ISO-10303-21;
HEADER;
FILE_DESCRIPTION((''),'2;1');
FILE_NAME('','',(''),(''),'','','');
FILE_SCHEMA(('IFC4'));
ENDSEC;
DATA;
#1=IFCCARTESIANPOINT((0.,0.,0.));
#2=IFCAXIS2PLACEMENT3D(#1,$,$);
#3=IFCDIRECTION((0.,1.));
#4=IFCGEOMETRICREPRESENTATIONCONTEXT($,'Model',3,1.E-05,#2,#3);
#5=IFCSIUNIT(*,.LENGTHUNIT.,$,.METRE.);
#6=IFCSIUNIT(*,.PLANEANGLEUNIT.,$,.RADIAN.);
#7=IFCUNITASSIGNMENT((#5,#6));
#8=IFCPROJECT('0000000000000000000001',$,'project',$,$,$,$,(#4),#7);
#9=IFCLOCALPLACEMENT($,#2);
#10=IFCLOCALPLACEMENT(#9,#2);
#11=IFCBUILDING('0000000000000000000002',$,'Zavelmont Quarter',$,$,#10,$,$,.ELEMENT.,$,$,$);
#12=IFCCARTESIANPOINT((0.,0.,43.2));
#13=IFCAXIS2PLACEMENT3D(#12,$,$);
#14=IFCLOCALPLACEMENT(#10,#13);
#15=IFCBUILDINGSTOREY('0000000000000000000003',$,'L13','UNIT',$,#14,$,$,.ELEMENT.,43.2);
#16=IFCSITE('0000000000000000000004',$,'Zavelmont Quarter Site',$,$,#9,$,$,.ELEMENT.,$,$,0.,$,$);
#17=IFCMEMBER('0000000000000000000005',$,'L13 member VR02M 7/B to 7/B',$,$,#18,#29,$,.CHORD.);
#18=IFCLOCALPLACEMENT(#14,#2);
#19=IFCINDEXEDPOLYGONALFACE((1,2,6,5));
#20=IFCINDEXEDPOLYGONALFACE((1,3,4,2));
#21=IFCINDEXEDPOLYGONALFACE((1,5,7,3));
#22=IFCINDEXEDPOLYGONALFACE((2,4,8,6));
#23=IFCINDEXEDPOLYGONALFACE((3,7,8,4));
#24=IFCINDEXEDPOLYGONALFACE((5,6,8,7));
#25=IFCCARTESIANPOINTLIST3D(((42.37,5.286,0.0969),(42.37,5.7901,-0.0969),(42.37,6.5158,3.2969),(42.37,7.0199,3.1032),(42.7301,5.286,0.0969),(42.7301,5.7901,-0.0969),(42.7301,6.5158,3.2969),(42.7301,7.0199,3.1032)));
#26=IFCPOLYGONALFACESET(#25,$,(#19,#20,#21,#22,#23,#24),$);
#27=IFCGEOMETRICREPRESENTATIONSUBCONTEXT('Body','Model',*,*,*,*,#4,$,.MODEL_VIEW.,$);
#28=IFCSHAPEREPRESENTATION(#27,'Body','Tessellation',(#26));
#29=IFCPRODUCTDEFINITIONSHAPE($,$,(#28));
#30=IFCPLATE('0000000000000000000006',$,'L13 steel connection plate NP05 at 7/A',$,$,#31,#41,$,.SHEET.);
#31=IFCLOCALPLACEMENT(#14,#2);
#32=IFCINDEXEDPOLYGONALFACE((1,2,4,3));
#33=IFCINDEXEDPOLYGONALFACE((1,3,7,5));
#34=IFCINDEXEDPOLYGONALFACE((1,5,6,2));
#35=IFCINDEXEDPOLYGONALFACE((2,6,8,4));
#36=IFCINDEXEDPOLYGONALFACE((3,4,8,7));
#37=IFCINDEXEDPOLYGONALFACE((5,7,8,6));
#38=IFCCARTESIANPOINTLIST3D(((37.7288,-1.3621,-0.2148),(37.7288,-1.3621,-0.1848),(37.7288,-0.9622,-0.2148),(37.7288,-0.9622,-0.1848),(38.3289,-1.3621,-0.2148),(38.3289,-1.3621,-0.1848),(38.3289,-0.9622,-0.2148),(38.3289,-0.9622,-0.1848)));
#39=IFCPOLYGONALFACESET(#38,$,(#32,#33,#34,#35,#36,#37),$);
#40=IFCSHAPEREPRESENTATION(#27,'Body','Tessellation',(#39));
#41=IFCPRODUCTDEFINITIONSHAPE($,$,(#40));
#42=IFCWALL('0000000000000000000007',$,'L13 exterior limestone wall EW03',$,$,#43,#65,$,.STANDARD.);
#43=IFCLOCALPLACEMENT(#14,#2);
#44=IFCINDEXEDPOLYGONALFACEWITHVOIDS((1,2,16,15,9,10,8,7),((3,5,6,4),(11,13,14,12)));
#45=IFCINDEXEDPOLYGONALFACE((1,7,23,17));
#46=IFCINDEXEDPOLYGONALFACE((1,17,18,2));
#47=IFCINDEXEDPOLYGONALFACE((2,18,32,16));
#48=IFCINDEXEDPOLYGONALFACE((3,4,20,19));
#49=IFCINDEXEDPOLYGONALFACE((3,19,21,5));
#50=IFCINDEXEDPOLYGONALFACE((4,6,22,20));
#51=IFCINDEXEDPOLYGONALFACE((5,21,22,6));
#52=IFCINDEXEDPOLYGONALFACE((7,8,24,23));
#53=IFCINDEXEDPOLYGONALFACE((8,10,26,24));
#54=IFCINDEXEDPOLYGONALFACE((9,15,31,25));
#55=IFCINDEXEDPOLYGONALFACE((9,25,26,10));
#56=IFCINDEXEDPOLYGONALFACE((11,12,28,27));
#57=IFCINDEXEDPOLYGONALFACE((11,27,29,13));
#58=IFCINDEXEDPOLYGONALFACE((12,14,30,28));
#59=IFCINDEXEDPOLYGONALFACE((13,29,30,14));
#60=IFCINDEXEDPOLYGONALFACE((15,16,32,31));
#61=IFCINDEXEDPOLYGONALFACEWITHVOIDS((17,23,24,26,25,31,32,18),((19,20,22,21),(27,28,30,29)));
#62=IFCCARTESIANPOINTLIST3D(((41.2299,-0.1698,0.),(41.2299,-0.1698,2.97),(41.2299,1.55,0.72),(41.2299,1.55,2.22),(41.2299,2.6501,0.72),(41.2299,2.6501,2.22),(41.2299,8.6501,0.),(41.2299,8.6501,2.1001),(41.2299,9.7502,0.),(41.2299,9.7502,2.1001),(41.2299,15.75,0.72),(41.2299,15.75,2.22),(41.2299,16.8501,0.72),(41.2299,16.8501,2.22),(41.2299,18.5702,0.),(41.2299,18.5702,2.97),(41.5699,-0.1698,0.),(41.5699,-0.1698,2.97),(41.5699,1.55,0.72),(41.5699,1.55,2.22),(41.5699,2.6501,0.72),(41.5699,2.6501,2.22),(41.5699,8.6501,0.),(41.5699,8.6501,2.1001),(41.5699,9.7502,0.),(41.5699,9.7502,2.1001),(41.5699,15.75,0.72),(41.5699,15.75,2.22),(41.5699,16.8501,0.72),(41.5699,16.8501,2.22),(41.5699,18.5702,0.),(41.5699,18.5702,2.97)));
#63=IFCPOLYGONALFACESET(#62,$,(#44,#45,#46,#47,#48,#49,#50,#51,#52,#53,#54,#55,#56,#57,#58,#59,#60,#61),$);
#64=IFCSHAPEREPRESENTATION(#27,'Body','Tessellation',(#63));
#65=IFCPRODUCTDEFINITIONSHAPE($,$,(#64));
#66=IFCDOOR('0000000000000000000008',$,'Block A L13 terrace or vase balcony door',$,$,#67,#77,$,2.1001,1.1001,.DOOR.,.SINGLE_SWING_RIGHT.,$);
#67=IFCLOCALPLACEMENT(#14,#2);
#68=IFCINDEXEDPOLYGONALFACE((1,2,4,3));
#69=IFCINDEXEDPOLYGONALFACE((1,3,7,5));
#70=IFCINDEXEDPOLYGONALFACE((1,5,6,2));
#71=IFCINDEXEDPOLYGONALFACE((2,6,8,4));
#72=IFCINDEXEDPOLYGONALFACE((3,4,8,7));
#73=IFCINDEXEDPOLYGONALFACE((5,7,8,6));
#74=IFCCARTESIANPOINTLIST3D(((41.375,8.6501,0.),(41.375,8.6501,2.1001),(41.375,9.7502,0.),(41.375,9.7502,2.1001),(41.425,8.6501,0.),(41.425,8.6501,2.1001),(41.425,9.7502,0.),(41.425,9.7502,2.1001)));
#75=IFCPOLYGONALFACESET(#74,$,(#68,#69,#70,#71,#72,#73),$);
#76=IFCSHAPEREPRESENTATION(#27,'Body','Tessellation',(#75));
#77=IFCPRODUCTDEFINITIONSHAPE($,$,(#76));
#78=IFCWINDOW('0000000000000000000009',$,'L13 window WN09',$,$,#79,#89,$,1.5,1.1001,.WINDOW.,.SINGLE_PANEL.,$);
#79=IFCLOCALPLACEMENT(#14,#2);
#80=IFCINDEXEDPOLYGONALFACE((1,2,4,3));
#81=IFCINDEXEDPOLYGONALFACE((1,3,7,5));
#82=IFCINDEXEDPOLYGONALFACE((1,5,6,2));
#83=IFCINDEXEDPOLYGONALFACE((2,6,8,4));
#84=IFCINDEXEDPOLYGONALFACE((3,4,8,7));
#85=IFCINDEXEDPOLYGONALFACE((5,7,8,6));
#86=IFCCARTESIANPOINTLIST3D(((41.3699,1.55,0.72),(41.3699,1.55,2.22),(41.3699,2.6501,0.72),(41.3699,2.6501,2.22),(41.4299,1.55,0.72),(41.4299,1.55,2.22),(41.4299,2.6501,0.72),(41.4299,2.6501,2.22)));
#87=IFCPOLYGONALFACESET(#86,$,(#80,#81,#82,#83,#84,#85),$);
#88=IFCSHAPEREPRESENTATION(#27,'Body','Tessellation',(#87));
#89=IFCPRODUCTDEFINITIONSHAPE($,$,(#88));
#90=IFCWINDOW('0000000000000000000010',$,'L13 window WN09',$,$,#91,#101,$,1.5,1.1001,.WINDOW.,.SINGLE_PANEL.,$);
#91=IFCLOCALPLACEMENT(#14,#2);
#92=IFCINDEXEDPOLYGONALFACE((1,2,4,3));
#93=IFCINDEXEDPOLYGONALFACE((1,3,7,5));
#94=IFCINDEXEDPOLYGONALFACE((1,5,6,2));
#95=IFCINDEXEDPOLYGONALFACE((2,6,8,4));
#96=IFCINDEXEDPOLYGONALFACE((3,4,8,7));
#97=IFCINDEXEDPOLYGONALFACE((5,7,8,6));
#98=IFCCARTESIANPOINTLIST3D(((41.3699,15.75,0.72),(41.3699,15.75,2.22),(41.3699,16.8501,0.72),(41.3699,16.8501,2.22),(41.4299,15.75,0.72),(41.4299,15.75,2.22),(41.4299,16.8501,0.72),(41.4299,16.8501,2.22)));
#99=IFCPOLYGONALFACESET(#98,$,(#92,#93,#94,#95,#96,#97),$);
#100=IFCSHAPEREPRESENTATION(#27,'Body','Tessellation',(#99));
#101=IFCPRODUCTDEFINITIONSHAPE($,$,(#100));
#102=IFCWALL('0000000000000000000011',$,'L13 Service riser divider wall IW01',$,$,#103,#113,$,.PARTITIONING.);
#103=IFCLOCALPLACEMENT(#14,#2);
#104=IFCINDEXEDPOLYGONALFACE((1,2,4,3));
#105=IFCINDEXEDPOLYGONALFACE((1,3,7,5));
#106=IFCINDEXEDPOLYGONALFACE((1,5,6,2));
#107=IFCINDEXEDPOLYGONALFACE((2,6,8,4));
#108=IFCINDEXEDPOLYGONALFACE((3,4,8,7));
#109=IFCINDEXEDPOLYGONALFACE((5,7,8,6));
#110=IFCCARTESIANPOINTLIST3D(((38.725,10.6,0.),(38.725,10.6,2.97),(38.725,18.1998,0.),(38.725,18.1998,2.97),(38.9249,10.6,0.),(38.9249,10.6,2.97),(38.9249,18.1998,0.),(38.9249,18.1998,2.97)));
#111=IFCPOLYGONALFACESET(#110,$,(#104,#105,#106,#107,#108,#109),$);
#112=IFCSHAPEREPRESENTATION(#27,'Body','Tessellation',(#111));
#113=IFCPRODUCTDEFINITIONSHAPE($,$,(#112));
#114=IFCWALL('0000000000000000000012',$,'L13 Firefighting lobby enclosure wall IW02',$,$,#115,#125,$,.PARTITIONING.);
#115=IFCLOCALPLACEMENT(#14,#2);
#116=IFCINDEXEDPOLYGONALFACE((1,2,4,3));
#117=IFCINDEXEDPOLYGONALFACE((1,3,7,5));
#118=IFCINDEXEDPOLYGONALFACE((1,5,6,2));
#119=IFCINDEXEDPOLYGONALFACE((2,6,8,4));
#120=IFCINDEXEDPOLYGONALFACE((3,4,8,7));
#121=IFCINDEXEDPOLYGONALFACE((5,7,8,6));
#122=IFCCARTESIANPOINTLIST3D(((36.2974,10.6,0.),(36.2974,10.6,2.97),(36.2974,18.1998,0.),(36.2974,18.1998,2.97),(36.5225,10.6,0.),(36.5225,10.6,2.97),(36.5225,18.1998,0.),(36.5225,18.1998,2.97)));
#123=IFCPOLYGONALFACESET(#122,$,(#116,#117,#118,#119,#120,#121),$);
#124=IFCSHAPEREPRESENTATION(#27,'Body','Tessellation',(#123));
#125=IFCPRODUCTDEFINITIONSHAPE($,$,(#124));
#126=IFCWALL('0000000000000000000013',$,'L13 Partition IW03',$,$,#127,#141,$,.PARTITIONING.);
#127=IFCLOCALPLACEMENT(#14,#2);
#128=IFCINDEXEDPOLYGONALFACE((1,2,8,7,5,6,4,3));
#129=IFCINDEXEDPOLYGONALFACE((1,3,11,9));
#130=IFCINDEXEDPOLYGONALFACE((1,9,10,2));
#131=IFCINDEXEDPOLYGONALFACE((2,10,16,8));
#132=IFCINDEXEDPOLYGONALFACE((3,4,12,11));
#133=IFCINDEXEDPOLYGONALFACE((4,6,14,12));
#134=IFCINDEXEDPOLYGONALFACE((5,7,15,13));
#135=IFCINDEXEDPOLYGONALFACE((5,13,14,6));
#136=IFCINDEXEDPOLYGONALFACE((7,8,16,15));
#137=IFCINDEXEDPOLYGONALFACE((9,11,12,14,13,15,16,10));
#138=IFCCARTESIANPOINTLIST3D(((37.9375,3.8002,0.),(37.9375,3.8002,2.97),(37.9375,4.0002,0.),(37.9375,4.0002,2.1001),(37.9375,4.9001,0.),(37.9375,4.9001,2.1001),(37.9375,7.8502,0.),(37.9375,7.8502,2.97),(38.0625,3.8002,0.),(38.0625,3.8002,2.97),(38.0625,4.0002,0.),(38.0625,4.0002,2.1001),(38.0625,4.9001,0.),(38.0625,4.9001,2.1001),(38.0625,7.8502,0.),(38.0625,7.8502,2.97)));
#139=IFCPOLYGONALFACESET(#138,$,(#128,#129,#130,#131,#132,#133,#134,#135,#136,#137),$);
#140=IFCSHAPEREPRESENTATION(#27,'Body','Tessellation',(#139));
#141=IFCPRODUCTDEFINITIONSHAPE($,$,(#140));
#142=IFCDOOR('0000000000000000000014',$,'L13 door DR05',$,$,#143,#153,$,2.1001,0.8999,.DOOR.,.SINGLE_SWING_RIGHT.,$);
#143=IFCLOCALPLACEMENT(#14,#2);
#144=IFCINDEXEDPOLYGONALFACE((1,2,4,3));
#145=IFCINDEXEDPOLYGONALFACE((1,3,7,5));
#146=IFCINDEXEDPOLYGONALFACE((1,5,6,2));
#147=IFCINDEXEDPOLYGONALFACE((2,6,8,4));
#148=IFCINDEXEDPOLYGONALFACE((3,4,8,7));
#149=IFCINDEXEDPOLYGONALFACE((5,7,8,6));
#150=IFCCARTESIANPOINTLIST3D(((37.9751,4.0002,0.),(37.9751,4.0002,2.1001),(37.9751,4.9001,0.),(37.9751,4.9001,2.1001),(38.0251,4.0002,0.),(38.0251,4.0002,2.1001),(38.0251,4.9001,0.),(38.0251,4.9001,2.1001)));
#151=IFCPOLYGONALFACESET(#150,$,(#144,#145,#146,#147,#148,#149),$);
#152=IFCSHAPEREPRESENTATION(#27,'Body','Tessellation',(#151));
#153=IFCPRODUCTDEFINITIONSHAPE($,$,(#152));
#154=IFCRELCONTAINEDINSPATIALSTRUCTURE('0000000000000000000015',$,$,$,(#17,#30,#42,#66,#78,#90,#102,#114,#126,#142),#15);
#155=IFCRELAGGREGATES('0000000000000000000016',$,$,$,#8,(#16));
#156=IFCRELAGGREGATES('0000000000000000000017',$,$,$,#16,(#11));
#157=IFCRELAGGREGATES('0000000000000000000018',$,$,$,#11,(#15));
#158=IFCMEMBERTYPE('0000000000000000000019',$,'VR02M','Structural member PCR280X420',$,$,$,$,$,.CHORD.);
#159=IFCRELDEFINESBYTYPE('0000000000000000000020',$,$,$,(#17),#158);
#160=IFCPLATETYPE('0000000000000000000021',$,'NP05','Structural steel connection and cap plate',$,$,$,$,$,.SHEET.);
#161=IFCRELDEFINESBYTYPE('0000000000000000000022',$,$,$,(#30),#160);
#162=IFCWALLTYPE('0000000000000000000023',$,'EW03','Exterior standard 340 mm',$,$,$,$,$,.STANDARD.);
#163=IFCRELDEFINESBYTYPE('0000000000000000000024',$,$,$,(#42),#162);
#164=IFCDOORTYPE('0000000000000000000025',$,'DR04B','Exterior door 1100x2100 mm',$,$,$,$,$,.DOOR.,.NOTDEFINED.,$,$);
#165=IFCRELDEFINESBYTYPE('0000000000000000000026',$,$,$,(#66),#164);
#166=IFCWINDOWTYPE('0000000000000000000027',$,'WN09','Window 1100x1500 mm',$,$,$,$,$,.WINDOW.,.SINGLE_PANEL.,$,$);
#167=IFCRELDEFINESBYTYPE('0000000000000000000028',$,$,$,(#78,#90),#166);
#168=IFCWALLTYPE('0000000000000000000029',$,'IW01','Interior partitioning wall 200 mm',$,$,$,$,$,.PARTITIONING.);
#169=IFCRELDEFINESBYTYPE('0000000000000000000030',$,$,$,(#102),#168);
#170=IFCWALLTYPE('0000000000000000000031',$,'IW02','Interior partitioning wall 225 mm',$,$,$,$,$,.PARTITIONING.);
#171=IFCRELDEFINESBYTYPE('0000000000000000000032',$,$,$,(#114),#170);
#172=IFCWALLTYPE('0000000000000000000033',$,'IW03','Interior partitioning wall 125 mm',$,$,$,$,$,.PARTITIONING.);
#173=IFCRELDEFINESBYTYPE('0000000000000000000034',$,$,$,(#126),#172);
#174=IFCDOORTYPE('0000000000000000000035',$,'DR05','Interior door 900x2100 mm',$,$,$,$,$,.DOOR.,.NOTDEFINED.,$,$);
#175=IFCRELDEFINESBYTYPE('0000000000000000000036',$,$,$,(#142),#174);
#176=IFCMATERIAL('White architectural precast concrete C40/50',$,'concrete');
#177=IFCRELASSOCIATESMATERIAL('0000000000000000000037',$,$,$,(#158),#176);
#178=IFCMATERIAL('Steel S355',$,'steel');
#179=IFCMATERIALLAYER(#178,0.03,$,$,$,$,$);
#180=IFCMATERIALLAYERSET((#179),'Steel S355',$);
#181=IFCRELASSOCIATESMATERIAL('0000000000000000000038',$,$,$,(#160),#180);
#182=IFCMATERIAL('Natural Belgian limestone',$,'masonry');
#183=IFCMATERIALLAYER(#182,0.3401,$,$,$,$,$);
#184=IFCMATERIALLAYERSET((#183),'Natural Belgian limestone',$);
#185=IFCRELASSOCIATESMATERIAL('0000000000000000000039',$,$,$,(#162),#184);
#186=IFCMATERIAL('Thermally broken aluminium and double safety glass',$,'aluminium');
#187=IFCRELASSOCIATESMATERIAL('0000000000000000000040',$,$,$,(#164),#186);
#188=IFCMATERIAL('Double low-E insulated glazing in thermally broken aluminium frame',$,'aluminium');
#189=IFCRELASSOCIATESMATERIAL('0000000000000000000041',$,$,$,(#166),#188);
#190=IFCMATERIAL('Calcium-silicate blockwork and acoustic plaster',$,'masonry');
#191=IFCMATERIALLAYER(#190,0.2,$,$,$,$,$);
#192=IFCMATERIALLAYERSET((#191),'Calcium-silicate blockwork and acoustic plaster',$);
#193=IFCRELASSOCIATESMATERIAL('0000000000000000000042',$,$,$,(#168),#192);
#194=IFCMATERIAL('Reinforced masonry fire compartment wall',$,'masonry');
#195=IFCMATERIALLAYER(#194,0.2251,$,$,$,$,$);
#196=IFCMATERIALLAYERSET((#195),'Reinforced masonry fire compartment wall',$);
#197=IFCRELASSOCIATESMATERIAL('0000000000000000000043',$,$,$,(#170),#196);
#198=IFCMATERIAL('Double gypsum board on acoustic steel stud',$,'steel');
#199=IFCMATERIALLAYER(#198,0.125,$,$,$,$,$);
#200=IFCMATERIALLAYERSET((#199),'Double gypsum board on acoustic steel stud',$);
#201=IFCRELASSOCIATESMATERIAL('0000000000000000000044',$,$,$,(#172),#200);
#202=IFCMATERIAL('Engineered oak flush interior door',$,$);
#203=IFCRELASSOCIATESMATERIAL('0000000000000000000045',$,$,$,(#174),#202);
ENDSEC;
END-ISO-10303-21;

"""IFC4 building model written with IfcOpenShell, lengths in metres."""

from ifc_helpers import new_model, si_unit, direction, frame, frame_2d, origin, origin_with_axes, origin_2d, place, context, subcontext, project, spatial, rectangle, extrude, material, layer, layer_set, material_profile, profile_set, type_object, element, fill, save


model = new_model("IFC4")

# Units and contexts
model_context = context("Model", 3, precision=1e-05, world=origin(), true_north=direction((0.0, 1.0)))
body_context = subcontext(model_context, "Body", "Model", "MODEL_VIEW")
ifc_project = project(units=[si_unit("LENGTHUNIT", "METRE"), si_unit("PLANEANGLEUNIT", "RADIAN")], contexts=[model_context])

# Site, building, storey
site_placement = place(None, origin())
site = spatial("IfcSite", under=ifc_project, at=site_placement, Name="Zavelmont Quarter Site", CompositionType="ELEMENT", RefElevation=0.0)
building_placement = place(site_placement, origin())
building = spatial("IfcBuilding", under=site, at=building_placement, Name="Zavelmont Quarter", CompositionType="ELEMENT")
storey_placement = place(building_placement, frame((0.0, 0.0, 43.2)))
storey = spatial("IfcBuildingStorey", under=building, at=storey_placement, Name="L13", Description="UNIT", CompositionType="ELEMENT", Elevation=43.2)

# Shared definitions
ifc_material_1 = material(Name="Steel S355", Category="steel")

# Member
ifc_material_2 = material(Name="White architectural precast concrete C40/50", Category="concrete")
ifc_material_profile_1 = material_profile(ifc_material_2, rectangle(XDim=0.3601, YDim=0.54, at=origin_2d()), Name="PCR280X420")
ifc_profile_set_1 = profile_set([ifc_material_profile_1], Name="White architectural precast concrete C40/50")
member_type = type_object("IfcMemberType", Name="VR02M", Description="Structural member PCR280X420", PredefinedType="CHORD", material=ifc_profile_set_1)
member_1_placement = place(storey_placement, frame((42.55, 5.5381, 0.0), z_axis=(0.0, 0.358721, 0.933445), x_axis=(-1.0, 0.0, 0.0)))
element("IfcMember", 1, at=member_1_placement, inside=storey, type_object=member_type, Name="L13 member VR02M 7/B to 7/B", PredefinedType="CHORD", context=body_context, shape_type="SweptSolid", body=[
    extrude(rectangle(XDim=0.3601, YDim=0.54, at=origin_2d()), origin(), (0.0, 0.0, 1.0), 3.4282),
])

# Plate
ifc_layer_1 = layer(ifc_material_1, 0.03)
ifc_layer_set_1 = layer_set([ifc_layer_1], Name="Steel S355")
plate_type = type_object("IfcPlateType", Name="NP05", Description="Structural steel connection and cap plate", PredefinedType="SHEET", material=ifc_layer_set_1)
plate_placement = place(storey_placement, frame((38.0288, -1.1621, -0.2148), z_axis=(0.0, 0.0, 1.0), x_axis=(1.0, 0.0, 0.0)))
element("IfcPlate", 2, at=plate_placement, inside=storey, type_object=plate_type, Name="L13 steel connection plate NP05 at 7/A", PredefinedType="SHEET", context=body_context, shape_type="SweptSolid", body=[
    extrude(rectangle(XDim=0.6001, YDim=0.3999, at=origin_2d()), origin(), (0.0, 0.0, 1.0), 0.03),
])

# Wall, openings, door, windows
ifc_material_3 = material(Name="Natural Belgian limestone", Category="masonry")
ifc_layer_2 = layer(ifc_material_3, 0.3401)
ifc_layer_set_2 = layer_set([ifc_layer_2], Name="Natural Belgian limestone")
wall_type_1 = type_object("IfcWallType", Name="EW03", Description="Exterior standard 340 mm", PredefinedType="STANDARD", material=ifc_layer_set_2)
wall_1_placement = place(storey_placement, frame((41.3999, -0.1699, 0.0), z_axis=(0.0, 0.0, 1.0), x_axis=(0.0, 1.0, 0.0)))
wall_1 = element("IfcWall", 3, at=wall_1_placement, inside=storey, type_object=wall_type_1, Name="L13 exterior limestone wall EW03", PredefinedType="STANDARD", context=body_context, shape_type="SweptSolid", body=[
    extrude(rectangle(XDim=18.74, YDim=0.3401, at=frame_2d((9.3701, 0.0))), origin(), (0.0, 0.0, 1.0), 2.97),
])
opening_1_placement = place(wall_1_placement, frame((8.8201, 0.0, 0.0)))
opening_1 = element("IfcOpeningElement", 4, at=opening_1_placement, cuts=wall_1, PredefinedType="OPENING", context=body_context, shape_type="SweptSolid", body=[
    extrude(rectangle(XDim=1.1001, YDim=2.1001, at=frame_2d((0.55, 1.05))), frame((0.0, 0.1821, 0.0), z_axis=(0.0, -1.0, 0.0), x_axis=(1.0, 0.0, 0.0)), (0.0, 0.0, 1.0), 0.364),
])
opening_2_placement = place(wall_1_placement, frame((1.72, 0.0, 0.72)))
opening_2 = element("IfcOpeningElement", 5, at=opening_2_placement, cuts=wall_1, PredefinedType="OPENING", context=body_context, shape_type="SweptSolid", body=[
    extrude(rectangle(XDim=1.1001, YDim=1.5, at=frame_2d((0.55, 0.75))), frame((0.0, 0.1821, 0.0), z_axis=(0.0, -1.0, 0.0), x_axis=(1.0, 0.0, 0.0)), (0.0, 0.0, 1.0), 0.364),
])
opening_3_placement = place(wall_1_placement, frame((15.9199, 0.0, 0.72)))
opening_3 = element("IfcOpeningElement", 6, at=opening_3_placement, cuts=wall_1, PredefinedType="OPENING", context=body_context, shape_type="SweptSolid", body=[
    extrude(rectangle(XDim=1.1001, YDim=1.5, at=frame_2d((0.55, 0.75))), frame((0.0, 0.1821, 0.0), z_axis=(0.0, -1.0, 0.0), x_axis=(1.0, 0.0, 0.0)), (0.0, 0.0, 1.0), 0.364),
])
ifc_material_4 = material(Name="Thermally broken aluminium and double safety glass", Category="aluminium")
door_type_1 = type_object("IfcDoorType", Name="DR04B", Description="Exterior door 1100x2100 mm", OperationType="NOTDEFINED", PredefinedType="DOOR", material=ifc_material_4)
door_1_placement = place(opening_1_placement, origin_with_axes())
door_1 = element("IfcDoor", 7, at=door_1_placement, inside=storey, type_object=door_type_1, Name="Block A L13 terrace or vase balcony door", OperationType="SINGLE_SWING_RIGHT", OverallHeight=2.1001, OverallWidth=1.1001, PredefinedType="DOOR", context=body_context, shape_type="SweptSolid", body=[
    extrude(rectangle(XDim=1.1001, YDim=2.1001, at=frame_2d((0.55, 1.05))), frame((0.0, 0.0249, 0.0), z_axis=(0.0, -1.0, 0.0), x_axis=(1.0, 0.0, 0.0)), (0.0, 0.0, 1.0), 0.05),
])
fill(opening_1, door_1)
ifc_material_5 = material(Name="Double low-E insulated glazing in thermally broken aluminium frame", Category="aluminium")
window_type = type_object("IfcWindowType", Name="WN09", Description="Window 1100x1500 mm", PartitioningType="SINGLE_PANEL", PredefinedType="WINDOW", material=ifc_material_5)
window_1_placement = place(opening_2_placement, origin_with_axes())
window_1 = element("IfcWindow", 8, at=window_1_placement, inside=storey, type_object=window_type, Name="L13 window WN09", OverallHeight=1.5, OverallWidth=1.1001, PartitioningType="SINGLE_PANEL", PredefinedType="WINDOW", context=body_context, shape_type="SweptSolid", body=[
    extrude(rectangle(XDim=1.1001, YDim=1.5, at=frame_2d((0.55, 0.75))), frame((0.0, 0.03, 0.0), z_axis=(0.0, -1.0, 0.0), x_axis=(1.0, 0.0, 0.0)), (0.0, 0.0, 1.0), 0.0601),
])
fill(opening_2, window_1)
window_2_placement = place(opening_3_placement, origin_with_axes())
window_2 = element("IfcWindow", 9, at=window_2_placement, inside=storey, type_object=window_type, Name="L13 window WN09", OverallHeight=1.5, OverallWidth=1.1001, PartitioningType="SINGLE_PANEL", PredefinedType="WINDOW", context=body_context, shape_type="SweptSolid", body=[
    extrude(rectangle(XDim=1.1001, YDim=1.5, at=frame_2d((0.55, 0.75))), frame((0.0, 0.03, 0.0), z_axis=(0.0, -1.0, 0.0), x_axis=(1.0, 0.0, 0.0)), (0.0, 0.0, 1.0), 0.0601),
])
fill(opening_3, window_2)

# Walls
ifc_material_6 = material(Name="Calcium-silicate blockwork and acoustic plaster", Category="masonry")
ifc_layer_3 = layer(ifc_material_6, 0.2)
ifc_layer_set_3 = layer_set([ifc_layer_3], Name="Calcium-silicate blockwork and acoustic plaster")
wall_type_2 = type_object("IfcWallType", Name="IW01", Description="Interior partitioning wall 200 mm", PredefinedType="PARTITIONING", material=ifc_layer_set_3)
wall_2_placement = place(storey_placement, frame((38.825, 10.6001, 0.0), z_axis=(0.0, 0.0, 1.0), x_axis=(0.0, 1.0, 0.0)))
element("IfcWall", 10, at=wall_2_placement, inside=storey, type_object=wall_type_2, Name="L13 Service riser divider wall IW01", PredefinedType="PARTITIONING", context=body_context, shape_type="SweptSolid", body=[
    extrude(rectangle(XDim=7.5999, YDim=0.2, at=frame_2d((3.7998, 0.0))), origin(), (0.0, 0.0, 1.0), 2.97),
])
ifc_material_7 = material(Name="Reinforced masonry fire compartment wall", Category="masonry")
ifc_layer_4 = layer(ifc_material_7, 0.2251)
ifc_layer_set_4 = layer_set([ifc_layer_4], Name="Reinforced masonry fire compartment wall")
wall_type_3 = type_object("IfcWallType", Name="IW02", Description="Interior partitioning wall 225 mm", PredefinedType="PARTITIONING", material=ifc_layer_set_4)
wall_3_placement = place(storey_placement, frame((36.4099, 10.6001, 0.0), z_axis=(0.0, 0.0, 1.0), x_axis=(0.0, 1.0, 0.0)))
element("IfcWall", 11, at=wall_3_placement, inside=storey, type_object=wall_type_3, Name="L13 Firefighting lobby enclosure wall IW02", PredefinedType="PARTITIONING", context=body_context, shape_type="SweptSolid", body=[
    extrude(rectangle(XDim=7.5999, YDim=0.2251, at=frame_2d((3.7998, 0.0))), origin(), (0.0, 0.0, 1.0), 2.97),
])

# Wall, opening, door
ifc_material_8 = material(Name="Double gypsum board on acoustic steel stud", Category="steel")
ifc_layer_5 = layer(ifc_material_8, 0.125)
ifc_layer_set_5 = layer_set([ifc_layer_5], Name="Double gypsum board on acoustic steel stud")
wall_type_4 = type_object("IfcWallType", Name="IW03", Description="Interior partitioning wall 125 mm", PredefinedType="PARTITIONING", material=ifc_layer_set_5)
wall_4_placement = place(storey_placement, frame((38.0, 7.8501, 0.0), z_axis=(0.0, 0.0, 1.0), x_axis=(0.0, -1.0, 0.0)))
wall_4 = element("IfcWall", 12, at=wall_4_placement, inside=storey, type_object=wall_type_4, Name="L13 Partition IW03", PredefinedType="PARTITIONING", context=body_context, shape_type="SweptSolid", body=[
    extrude(rectangle(XDim=4.05, YDim=0.125, at=frame_2d((2.0249, 0.0))), origin(), (0.0, 0.0, 1.0), 2.97),
])
opening_4_placement = place(wall_4_placement, frame((2.95, 0.0, 0.0)))
opening_4 = element("IfcOpeningElement", 13, at=opening_4_placement, cuts=wall_4, PredefinedType="OPENING", context=body_context, shape_type="SweptSolid", body=[
    extrude(rectangle(XDim=0.8999, YDim=2.1001, at=frame_2d((0.45, 1.05))), frame((0.0, 0.0745, 0.0), z_axis=(0.0, -1.0, 0.0), x_axis=(1.0, 0.0, 0.0)), (0.0, 0.0, 1.0), 0.1489),
])
ifc_material_9 = material(Name="Engineered oak flush interior door")
door_type_2 = type_object("IfcDoorType", Name="DR05", Description="Interior door 900x2100 mm", OperationType="NOTDEFINED", PredefinedType="DOOR", material=ifc_material_9)
door_2_placement = place(opening_4_placement, frame((0.8999, 0.0, 0.0), z_axis=(0.0, 0.0, 1.0), x_axis=(-1.0, 0.0, 0.0)))
door_2 = element("IfcDoor", 14, at=door_2_placement, inside=storey, type_object=door_type_2, Name="L13 door DR05", OperationType="SINGLE_SWING_RIGHT", OverallHeight=2.1001, OverallWidth=0.8999, PredefinedType="DOOR", context=body_context, shape_type="SweptSolid", body=[
    extrude(rectangle(XDim=0.8999, YDim=2.1001, at=frame_2d((0.45, 1.05))), frame((0.0, 0.0249, 0.0), z_axis=(0.0, -1.0, 0.0), x_axis=(1.0, 0.0, 0.0)), (0.0, 0.0, 1.0), 0.05),
])
fill(opening_4, door_2)

save(model, "model.ifc")
